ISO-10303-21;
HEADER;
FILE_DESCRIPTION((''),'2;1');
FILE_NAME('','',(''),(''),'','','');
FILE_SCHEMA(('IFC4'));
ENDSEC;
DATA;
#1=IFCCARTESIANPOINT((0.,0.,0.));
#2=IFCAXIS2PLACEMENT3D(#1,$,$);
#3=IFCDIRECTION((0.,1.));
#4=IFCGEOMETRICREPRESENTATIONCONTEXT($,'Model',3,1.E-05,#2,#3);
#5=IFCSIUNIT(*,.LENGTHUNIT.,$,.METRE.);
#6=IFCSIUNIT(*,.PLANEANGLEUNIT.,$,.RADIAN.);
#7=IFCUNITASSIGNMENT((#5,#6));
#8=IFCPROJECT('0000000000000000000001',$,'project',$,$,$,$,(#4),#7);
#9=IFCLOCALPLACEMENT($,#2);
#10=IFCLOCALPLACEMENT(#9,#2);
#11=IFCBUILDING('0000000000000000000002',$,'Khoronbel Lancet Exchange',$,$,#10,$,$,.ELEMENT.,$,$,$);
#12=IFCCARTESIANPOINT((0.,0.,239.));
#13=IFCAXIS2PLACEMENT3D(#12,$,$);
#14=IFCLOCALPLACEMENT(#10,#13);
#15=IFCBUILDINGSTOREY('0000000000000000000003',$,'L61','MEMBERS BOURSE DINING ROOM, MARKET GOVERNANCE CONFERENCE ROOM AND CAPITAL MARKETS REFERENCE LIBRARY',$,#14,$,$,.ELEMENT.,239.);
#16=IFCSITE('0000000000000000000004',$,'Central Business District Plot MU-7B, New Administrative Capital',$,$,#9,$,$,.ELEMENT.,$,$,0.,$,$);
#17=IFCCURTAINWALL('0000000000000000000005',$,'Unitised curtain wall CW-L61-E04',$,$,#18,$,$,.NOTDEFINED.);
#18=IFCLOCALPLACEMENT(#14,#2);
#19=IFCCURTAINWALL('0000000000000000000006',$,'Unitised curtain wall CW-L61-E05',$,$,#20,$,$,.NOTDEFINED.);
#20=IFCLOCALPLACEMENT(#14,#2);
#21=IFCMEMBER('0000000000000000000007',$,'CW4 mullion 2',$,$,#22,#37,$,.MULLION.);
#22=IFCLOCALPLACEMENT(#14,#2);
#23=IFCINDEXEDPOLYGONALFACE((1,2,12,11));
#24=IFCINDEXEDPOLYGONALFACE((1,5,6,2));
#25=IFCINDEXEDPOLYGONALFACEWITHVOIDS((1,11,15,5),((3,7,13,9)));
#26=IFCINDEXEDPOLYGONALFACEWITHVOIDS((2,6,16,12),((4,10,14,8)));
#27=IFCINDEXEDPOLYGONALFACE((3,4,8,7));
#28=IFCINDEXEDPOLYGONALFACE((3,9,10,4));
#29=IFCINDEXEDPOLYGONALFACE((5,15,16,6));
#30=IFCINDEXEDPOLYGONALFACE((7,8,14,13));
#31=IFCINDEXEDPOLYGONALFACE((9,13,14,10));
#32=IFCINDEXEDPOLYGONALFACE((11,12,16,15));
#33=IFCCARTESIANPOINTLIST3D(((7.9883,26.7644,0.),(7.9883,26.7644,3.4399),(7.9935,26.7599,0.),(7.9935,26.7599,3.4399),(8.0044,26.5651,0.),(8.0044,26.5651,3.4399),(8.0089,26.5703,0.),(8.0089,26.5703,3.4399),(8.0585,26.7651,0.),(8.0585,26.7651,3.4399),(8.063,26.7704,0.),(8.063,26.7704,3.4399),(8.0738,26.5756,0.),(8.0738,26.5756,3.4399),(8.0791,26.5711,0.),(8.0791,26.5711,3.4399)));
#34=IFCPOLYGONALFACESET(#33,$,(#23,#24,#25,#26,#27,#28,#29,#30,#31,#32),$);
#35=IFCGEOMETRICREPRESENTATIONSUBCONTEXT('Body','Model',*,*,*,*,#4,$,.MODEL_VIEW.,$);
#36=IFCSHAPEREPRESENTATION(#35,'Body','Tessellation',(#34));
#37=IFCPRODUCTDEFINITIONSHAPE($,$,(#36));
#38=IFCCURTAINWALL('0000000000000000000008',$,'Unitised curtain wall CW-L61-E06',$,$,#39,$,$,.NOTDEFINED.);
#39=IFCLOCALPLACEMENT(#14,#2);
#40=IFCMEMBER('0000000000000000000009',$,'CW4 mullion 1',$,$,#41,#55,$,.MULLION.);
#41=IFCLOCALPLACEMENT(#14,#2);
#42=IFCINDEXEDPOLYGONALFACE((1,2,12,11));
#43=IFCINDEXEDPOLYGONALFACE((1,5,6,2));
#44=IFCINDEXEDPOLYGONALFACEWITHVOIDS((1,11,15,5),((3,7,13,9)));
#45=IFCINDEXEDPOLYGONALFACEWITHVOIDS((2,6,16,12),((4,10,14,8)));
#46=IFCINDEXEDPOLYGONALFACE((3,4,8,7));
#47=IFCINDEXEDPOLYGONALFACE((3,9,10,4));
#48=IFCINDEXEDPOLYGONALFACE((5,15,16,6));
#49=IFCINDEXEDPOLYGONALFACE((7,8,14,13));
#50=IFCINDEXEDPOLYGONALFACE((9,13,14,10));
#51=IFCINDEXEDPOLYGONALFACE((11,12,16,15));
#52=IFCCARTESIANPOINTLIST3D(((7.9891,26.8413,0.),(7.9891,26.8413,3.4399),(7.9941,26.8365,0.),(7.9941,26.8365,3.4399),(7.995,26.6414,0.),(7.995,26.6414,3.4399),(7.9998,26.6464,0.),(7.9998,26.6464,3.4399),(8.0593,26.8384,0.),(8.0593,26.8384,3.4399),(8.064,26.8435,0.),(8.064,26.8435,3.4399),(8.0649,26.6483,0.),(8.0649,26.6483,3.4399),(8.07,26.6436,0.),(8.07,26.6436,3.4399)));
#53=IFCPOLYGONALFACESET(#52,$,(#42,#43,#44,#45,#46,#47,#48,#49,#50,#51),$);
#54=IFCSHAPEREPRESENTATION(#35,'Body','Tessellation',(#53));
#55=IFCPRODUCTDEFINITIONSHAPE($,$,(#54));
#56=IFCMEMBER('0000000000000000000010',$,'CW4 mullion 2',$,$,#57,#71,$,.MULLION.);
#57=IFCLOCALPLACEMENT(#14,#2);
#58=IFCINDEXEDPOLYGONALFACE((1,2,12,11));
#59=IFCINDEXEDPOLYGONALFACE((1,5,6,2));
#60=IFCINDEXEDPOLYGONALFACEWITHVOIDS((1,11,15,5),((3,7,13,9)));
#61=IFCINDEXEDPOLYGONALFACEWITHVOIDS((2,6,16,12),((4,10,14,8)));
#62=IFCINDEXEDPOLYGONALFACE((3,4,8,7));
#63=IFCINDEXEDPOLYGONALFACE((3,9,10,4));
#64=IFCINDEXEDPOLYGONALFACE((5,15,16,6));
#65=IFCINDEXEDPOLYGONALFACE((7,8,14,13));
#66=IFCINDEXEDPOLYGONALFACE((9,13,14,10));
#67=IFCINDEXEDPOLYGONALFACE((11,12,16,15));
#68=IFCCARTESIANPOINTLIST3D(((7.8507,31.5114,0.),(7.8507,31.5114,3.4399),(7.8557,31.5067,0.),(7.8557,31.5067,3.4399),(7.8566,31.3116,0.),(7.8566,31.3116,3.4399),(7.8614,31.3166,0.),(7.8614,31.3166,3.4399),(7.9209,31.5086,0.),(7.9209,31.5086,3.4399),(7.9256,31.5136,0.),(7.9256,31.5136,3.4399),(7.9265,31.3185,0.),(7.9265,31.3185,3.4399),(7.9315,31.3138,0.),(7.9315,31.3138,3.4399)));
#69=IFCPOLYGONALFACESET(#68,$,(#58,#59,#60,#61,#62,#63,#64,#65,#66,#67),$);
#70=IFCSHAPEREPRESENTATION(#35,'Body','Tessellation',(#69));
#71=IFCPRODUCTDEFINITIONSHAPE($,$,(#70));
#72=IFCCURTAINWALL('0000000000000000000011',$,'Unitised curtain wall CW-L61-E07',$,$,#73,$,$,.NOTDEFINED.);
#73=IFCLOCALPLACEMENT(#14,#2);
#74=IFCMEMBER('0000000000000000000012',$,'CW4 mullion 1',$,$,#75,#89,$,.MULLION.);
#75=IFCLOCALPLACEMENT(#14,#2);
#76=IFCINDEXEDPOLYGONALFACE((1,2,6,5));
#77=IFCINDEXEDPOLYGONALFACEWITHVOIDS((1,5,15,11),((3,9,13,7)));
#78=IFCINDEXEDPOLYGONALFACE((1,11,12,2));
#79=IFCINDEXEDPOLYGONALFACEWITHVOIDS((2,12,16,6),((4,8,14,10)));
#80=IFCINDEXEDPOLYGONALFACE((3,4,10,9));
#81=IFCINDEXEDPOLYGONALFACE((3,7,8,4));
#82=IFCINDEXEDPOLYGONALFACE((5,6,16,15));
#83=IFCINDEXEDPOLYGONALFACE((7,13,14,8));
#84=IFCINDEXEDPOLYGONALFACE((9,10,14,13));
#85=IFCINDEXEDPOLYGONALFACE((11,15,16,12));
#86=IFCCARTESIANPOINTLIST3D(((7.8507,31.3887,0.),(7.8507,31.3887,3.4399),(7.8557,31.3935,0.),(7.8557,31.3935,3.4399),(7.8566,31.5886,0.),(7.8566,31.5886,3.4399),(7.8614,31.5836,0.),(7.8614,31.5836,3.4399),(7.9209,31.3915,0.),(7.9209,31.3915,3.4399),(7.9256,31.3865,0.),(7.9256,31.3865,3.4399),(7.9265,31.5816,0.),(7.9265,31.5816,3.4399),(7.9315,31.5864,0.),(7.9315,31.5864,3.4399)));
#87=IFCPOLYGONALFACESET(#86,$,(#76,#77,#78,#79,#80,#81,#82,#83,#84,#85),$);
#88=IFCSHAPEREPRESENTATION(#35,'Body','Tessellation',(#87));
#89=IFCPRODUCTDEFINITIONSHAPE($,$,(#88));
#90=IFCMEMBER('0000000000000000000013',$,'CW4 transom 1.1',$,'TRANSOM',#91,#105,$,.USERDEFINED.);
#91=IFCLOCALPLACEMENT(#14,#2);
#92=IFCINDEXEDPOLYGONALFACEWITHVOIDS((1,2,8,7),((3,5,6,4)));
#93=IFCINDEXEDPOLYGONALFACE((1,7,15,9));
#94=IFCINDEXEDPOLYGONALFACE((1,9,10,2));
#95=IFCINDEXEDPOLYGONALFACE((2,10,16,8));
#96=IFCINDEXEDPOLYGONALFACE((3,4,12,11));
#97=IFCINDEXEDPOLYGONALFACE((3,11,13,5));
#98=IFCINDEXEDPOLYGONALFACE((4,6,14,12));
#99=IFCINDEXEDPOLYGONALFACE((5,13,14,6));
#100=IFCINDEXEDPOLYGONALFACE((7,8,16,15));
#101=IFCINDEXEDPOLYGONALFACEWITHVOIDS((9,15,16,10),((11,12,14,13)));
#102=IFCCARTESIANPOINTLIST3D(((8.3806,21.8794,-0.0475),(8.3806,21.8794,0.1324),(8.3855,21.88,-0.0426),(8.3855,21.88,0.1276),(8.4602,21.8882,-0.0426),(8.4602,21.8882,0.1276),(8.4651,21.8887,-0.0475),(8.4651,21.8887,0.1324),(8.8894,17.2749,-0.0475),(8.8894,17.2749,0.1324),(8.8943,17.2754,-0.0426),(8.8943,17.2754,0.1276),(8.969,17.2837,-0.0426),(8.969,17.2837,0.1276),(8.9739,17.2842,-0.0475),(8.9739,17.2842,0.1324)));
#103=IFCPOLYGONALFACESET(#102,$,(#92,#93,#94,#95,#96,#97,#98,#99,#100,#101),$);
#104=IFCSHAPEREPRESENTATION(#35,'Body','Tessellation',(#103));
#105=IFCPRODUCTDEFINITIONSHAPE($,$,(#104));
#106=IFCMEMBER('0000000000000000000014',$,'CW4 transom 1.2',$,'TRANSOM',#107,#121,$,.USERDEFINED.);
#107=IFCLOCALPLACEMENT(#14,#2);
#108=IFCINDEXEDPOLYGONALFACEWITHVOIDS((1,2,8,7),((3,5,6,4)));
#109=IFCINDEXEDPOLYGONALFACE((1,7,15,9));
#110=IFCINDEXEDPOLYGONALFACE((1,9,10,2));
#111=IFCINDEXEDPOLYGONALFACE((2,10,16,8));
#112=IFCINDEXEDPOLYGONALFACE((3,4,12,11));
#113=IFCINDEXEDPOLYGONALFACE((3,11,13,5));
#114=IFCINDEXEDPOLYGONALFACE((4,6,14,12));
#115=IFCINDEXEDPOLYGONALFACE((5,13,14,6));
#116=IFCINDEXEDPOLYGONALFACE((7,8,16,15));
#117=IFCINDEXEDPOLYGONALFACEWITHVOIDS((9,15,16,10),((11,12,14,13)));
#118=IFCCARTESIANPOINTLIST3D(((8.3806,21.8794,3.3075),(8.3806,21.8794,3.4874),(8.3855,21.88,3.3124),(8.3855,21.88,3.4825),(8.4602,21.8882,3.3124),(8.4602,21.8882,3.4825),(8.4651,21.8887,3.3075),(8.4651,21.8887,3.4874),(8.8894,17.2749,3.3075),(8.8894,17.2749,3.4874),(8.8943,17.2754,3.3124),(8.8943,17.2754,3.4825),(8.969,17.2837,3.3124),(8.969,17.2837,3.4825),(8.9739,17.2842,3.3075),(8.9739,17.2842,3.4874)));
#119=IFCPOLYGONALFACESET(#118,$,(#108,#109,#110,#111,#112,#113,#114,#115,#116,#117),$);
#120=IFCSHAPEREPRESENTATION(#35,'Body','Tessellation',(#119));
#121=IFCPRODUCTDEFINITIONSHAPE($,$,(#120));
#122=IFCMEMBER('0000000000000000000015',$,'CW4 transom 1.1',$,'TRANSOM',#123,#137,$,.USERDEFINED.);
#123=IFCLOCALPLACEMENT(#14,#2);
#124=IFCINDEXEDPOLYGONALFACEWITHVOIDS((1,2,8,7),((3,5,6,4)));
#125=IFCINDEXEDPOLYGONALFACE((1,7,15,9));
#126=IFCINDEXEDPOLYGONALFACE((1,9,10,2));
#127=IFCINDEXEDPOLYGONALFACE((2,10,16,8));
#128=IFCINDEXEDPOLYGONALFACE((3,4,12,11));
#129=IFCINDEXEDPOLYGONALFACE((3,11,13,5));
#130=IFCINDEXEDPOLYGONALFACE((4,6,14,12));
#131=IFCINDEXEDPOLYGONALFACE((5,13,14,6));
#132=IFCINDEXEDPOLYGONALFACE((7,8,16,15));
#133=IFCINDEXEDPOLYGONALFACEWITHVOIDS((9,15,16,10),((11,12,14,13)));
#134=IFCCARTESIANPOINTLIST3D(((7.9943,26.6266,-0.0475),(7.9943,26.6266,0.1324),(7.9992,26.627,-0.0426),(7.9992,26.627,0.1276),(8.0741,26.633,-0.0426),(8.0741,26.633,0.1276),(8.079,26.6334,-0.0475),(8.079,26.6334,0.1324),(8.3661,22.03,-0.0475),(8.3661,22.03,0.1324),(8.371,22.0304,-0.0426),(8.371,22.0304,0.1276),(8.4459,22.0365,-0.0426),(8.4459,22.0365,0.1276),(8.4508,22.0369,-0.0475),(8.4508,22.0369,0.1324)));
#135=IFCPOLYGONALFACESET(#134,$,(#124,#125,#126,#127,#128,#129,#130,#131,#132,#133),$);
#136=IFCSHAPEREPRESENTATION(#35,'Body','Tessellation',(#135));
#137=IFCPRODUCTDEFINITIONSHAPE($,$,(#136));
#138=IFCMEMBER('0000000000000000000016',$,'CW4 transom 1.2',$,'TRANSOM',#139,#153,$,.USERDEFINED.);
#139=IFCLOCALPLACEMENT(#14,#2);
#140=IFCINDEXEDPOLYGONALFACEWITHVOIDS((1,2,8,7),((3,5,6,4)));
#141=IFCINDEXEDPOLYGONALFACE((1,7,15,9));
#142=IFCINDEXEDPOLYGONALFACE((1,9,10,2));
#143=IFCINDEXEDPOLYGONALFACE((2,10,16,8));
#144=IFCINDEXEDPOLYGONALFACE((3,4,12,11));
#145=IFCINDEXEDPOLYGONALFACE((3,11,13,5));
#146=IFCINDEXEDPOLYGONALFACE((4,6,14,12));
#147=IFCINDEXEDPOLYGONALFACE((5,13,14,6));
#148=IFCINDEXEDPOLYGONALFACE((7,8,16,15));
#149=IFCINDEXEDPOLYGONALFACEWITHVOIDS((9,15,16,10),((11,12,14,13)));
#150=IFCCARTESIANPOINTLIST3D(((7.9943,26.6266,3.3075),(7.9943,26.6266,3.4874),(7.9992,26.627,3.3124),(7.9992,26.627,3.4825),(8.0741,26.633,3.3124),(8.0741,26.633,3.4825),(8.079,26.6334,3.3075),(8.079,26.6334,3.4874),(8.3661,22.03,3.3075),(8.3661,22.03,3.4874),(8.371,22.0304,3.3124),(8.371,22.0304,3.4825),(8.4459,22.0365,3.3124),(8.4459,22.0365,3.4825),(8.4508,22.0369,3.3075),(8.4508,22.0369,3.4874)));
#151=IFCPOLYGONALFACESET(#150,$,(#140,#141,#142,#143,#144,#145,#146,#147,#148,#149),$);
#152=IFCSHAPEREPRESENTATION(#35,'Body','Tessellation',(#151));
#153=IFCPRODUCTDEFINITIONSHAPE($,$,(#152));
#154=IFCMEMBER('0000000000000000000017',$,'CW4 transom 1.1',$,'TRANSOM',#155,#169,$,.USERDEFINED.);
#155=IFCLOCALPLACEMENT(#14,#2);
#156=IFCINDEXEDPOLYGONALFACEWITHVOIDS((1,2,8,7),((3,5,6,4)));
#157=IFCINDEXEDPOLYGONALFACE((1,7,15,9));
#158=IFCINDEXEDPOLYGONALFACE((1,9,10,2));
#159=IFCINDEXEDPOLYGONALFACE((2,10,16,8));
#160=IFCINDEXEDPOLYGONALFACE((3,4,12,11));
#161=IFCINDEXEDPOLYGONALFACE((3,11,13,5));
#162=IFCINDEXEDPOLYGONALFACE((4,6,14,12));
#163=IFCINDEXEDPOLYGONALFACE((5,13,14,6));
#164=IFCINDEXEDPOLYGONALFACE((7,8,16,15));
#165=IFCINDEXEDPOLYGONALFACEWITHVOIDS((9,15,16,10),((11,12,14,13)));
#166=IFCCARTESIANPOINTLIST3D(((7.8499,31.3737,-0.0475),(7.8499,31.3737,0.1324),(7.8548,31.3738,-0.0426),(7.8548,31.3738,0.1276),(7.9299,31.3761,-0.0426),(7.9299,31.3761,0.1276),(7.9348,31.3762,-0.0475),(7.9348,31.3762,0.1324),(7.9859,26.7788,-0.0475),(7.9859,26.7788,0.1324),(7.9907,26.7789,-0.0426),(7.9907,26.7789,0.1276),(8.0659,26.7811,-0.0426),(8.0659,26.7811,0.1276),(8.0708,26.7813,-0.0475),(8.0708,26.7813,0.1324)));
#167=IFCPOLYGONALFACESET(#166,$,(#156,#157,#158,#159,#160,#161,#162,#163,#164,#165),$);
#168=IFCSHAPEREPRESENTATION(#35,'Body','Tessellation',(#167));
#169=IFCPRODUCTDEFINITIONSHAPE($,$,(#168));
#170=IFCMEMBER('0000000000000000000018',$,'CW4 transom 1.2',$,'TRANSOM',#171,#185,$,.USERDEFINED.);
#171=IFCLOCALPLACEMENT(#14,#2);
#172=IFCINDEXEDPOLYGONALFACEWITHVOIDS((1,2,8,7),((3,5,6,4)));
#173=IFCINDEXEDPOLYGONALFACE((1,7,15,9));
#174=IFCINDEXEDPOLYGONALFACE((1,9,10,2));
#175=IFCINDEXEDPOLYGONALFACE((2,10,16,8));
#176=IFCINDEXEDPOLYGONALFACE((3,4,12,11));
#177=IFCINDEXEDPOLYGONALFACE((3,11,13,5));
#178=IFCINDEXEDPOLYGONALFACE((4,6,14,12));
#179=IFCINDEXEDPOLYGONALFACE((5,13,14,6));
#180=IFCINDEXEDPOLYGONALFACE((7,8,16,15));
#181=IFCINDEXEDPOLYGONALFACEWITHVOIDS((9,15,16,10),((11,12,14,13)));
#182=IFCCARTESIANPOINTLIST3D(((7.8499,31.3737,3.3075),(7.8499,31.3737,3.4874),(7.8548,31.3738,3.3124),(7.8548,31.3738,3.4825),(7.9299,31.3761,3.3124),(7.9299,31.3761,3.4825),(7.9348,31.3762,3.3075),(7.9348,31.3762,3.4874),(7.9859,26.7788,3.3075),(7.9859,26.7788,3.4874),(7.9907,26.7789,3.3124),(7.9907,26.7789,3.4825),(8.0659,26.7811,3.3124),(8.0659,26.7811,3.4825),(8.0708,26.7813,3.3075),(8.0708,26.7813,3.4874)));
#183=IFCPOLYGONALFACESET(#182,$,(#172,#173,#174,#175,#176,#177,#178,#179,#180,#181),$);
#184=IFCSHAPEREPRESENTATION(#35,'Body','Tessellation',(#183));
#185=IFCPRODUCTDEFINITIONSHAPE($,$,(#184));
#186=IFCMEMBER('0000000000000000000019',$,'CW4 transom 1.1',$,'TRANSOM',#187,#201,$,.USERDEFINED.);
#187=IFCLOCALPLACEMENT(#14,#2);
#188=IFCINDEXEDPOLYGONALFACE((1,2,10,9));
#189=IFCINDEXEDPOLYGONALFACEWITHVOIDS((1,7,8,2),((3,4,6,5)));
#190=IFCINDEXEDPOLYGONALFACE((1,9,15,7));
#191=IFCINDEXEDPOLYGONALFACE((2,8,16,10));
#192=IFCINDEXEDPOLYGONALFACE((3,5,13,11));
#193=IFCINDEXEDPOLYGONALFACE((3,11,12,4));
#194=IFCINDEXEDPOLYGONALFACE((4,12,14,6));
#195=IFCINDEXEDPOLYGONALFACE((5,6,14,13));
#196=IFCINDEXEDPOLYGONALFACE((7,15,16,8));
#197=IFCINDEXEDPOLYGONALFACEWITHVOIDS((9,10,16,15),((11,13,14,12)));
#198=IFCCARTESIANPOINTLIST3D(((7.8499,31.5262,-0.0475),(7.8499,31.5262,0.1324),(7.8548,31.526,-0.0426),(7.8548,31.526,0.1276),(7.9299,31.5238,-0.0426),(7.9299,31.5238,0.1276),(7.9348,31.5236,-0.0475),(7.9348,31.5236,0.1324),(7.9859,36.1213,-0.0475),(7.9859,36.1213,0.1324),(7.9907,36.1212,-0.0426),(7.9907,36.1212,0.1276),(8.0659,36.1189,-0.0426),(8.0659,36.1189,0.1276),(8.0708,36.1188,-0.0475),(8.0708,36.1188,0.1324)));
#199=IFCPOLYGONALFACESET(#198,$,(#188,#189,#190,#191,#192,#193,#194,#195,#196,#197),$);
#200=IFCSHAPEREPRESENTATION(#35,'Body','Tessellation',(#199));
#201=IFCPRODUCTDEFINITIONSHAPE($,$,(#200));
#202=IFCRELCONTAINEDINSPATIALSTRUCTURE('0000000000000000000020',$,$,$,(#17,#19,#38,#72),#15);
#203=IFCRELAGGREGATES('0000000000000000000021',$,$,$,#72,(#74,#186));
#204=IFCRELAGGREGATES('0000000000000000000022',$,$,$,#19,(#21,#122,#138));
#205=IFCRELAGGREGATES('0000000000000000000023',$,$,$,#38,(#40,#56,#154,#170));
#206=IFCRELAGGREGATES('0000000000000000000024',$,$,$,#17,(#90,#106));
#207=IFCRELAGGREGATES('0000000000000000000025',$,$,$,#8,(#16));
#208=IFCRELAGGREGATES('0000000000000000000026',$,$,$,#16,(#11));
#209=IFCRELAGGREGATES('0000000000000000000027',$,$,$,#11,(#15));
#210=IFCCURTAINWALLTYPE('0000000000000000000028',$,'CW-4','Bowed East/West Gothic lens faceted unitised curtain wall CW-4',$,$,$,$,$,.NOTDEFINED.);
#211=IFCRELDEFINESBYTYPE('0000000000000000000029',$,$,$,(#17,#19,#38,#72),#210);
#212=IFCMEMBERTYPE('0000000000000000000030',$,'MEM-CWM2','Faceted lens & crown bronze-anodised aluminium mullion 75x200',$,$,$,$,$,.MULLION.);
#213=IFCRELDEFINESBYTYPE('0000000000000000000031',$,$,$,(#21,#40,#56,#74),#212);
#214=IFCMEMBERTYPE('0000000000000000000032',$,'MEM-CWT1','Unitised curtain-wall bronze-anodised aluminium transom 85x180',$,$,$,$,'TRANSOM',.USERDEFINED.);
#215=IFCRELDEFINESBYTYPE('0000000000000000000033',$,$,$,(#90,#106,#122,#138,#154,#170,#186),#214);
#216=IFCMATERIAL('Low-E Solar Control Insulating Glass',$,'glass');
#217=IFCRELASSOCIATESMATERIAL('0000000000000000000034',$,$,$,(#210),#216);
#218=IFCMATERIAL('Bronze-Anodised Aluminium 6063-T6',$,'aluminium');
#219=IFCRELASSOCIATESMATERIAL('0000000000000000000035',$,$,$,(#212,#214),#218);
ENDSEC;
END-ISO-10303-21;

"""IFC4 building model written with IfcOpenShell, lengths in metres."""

from ifc_helpers import new_model, si_unit, direction, frame, origin, origin_2d, place, context, subcontext, project, spatial, hollow_rectangle, extrude, material, material_profile, profile_set, type_object, element, aggregate, save


model = new_model("IFC4")

# Units and contexts
model_context = context("Model", 3, precision=1e-05, world=origin(), true_north=direction((0.0, 1.0)))
body_context = subcontext(model_context, "Body", "Model", "MODEL_VIEW")
ifc_project = project(units=[si_unit("LENGTHUNIT", "METRE"), si_unit("PLANEANGLEUNIT", "RADIAN")], contexts=[model_context])

# Site, building, storey
site_placement = place(None, origin())
site = spatial("IfcSite", under=ifc_project, at=site_placement, Name="Central Business District Plot MU-7B, New Administrative Capital", CompositionType="ELEMENT", RefElevation=0.0)
building_placement = place(site_placement, origin())
building = spatial("IfcBuilding", under=site, at=building_placement, Name="Khoronbel Lancet Exchange", CompositionType="ELEMENT")
storey_placement = place(building_placement, frame((0.0, 0.0, 239.0)))
storey = spatial("IfcBuildingStorey", under=building, at=storey_placement, Name="L61", Description="MEMBERS BOURSE DINING ROOM, MARKET GOVERNANCE CONFERENCE ROOM AND CAPITAL MARKETS REFERENCE LIBRARY", CompositionType="ELEMENT", Elevation=239.0)

# Curtain walls, members
ifc_material_1 = material(Name="Low-E Solar Control Insulating Glass", Category="glass")
curtain_wall_type = type_object("IfcCurtainWallType", Name="CW-4", Description="Bowed East/West Gothic lens faceted unitised curtain wall CW-4", PredefinedType="NOTDEFINED", material=ifc_material_1)
curtain_wall_1_placement = place(storey_placement, origin())
curtain_wall_1 = element("IfcCurtainWall", 1, at=curtain_wall_1_placement, inside=storey, type_object=curtain_wall_type, Name="Unitised curtain wall CW-L61-E04", PredefinedType="NOTDEFINED")
ifc_material_2 = material(Name="Bronze-Anodised Aluminium 6063-T6", Category="aluminium")
ifc_material_profile_1 = material_profile(ifc_material_2, hollow_rectangle(XDim=0.075, YDim=0.2, WallThickness=0.0049, at=origin_2d()), Name="ALU MULLION 75x200")
ifc_profile_set_1 = profile_set([ifc_material_profile_1], Name="Bronze-Anodised Aluminium 6063-T6")
member_type_1 = type_object("IfcMemberType", Name="MEM-CWM2", Description="Faceted lens & crown bronze-anodised aluminium mullion 75x200", PredefinedType="MULLION", material=ifc_profile_set_1)
curtain_wall_2_placement = place(storey_placement, origin())
curtain_wall_2 = element("IfcCurtainWall", 2, at=curtain_wall_2_placement, inside=storey, type_object=curtain_wall_type, Name="Unitised curtain wall CW-L61-E05", PredefinedType="NOTDEFINED")
member_1_placement = place(storey_placement, frame((8.0337, 26.6677, 0.0), z_axis=(0.0, 0.0, 1.0), x_axis=(-0.996743, -0.08064, 0.0)))
member_1 = element("IfcMember", 3, at=member_1_placement, type_object=member_type_1, Name="CW4 mullion 2", PredefinedType="MULLION", context=body_context, shape_type="SweptSolid", body=[
    extrude(hollow_rectangle(XDim=0.075, YDim=0.2, WallThickness=0.0049, at=origin_2d()), origin(), (0.0, 0.0, 1.0), 3.4399),
])
curtain_wall_3_placement = place(storey_placement, origin())
curtain_wall_3 = element("IfcCurtainWall", 4, at=curtain_wall_3_placement, inside=storey, type_object=curtain_wall_type, Name="Unitised curtain wall CW-L61-E06", PredefinedType="NOTDEFINED")
member_2_placement = place(storey_placement, frame((8.0295, 26.7424, 0.0), z_axis=(0.0, 0.0, 1.0), x_axis=(-0.999561, -0.029618, 0.0)))
member_2 = element("IfcMember", 5, at=member_2_placement, type_object=member_type_1, Name="CW4 mullion 1", PredefinedType="MULLION", context=body_context, shape_type="SweptSolid", body=[
    extrude(hollow_rectangle(XDim=0.075, YDim=0.2, WallThickness=0.0049, at=origin_2d()), origin(), (0.0, 0.0, 1.0), 3.4399),
])
member_3_placement = place(storey_placement, frame((7.8911, 31.4126, 0.0), z_axis=(0.0, 0.0, 1.0), x_axis=(-0.999561, -0.029618, 0.0)))
member_3 = element("IfcMember", 6, at=member_3_placement, type_object=member_type_1, Name="CW4 mullion 2", PredefinedType="MULLION", context=body_context, shape_type="SweptSolid", body=[
    extrude(hollow_rectangle(XDim=0.075, YDim=0.2, WallThickness=0.0049, at=origin_2d()), origin(), (0.0, 0.0, 1.0), 3.4399),
])

# Curtain wall, member
curtain_wall_4_placement = place(storey_placement, origin())
curtain_wall_4 = element("IfcCurtainWall", 7, at=curtain_wall_4_placement, inside=storey, type_object=curtain_wall_type, Name="Unitised curtain wall CW-L61-E07", PredefinedType="NOTDEFINED")
member_4_placement = place(storey_placement, frame((7.8911, 31.4875, 0.0), z_axis=(0.0, 0.0, 1.0), x_axis=(-0.999561, 0.029618, 0.0)))
member_4 = element("IfcMember", 8, at=member_4_placement, type_object=member_type_1, Name="CW4 mullion 1", PredefinedType="MULLION", context=body_context, shape_type="SweptSolid", body=[
    extrude(hollow_rectangle(XDim=0.075, YDim=0.2, WallThickness=0.0049, at=origin_2d()), origin(), (0.0, 0.0, 1.0), 3.4399),
])

# Members
ifc_material_profile_2 = material_profile(ifc_material_2, hollow_rectangle(XDim=0.085, YDim=0.1799, WallThickness=0.0049, at=origin_2d()), Name="ALU TRANSOM 85x180")
ifc_profile_set_2 = profile_set([ifc_material_profile_2], Name="Bronze-Anodised Aluminium 6063-T6")
member_type_2 = type_object("IfcMemberType", Name="MEM-CWT1", Description="Unitised curtain-wall bronze-anodised aluminium transom 85x180", ElementType="TRANSOM", PredefinedType="USERDEFINED", material=ifc_profile_set_2)
member_5_placement = place(storey_placement, frame((8.9316, 17.2795, 0.0425), z_axis=(-0.10983, 0.99395, 0.0), x_axis=(-0.99395, -0.10983, 0.0)))
member_5 = element("IfcMember", 9, at=member_5_placement, type_object=member_type_2, Name="CW4 transom 1.1", ObjectType="TRANSOM", PredefinedType="USERDEFINED", context=body_context, shape_type="SweptSolid", body=[
    extrude(hollow_rectangle(XDim=0.085, YDim=0.1799, WallThickness=0.0049, at=origin_2d()), origin(), (0.0, 0.0, 1.0), 4.6326),
])
member_6_placement = place(storey_placement, frame((8.9316, 17.2795, 3.3975), z_axis=(-0.10983, 0.99395, 0.0), x_axis=(-0.99395, -0.10983, 0.0)))
member_6 = element("IfcMember", 10, at=member_6_placement, type_object=member_type_2, Name="CW4 transom 1.2", ObjectType="TRANSOM", PredefinedType="USERDEFINED", context=body_context, shape_type="SweptSolid", body=[
    extrude(hollow_rectangle(XDim=0.085, YDim=0.1799, WallThickness=0.0049, at=origin_2d()), origin(), (0.0, 0.0, 1.0), 4.6326),
])
member_7_placement = place(storey_placement, frame((8.4084, 22.0334, 0.0425), z_axis=(-0.080627, 0.996744, 0.0), x_axis=(-0.996744, -0.080627, 0.0)))
member_7 = element("IfcMember", 11, at=member_7_placement, type_object=member_type_2, Name="CW4 transom 1.1", ObjectType="TRANSOM", PredefinedType="USERDEFINED", context=body_context, shape_type="SweptSolid", body=[
    extrude(hollow_rectangle(XDim=0.085, YDim=0.1799, WallThickness=0.0049, at=origin_2d()), origin(), (0.0, 0.0, 1.0), 4.6116),
])
member_8_placement = place(storey_placement, frame((8.4084, 22.0334, 3.3975), z_axis=(-0.080627, 0.996744, 0.0), x_axis=(-0.996744, -0.080627, 0.0)))
member_8 = element("IfcMember", 12, at=member_8_placement, type_object=member_type_2, Name="CW4 transom 1.2", ObjectType="TRANSOM", PredefinedType="USERDEFINED", context=body_context, shape_type="SweptSolid", body=[
    extrude(hollow_rectangle(XDim=0.085, YDim=0.1799, WallThickness=0.0049, at=origin_2d()), origin(), (0.0, 0.0, 1.0), 4.6116),
])
member_9_placement = place(storey_placement, frame((8.0283, 26.78, 0.0425), z_axis=(-0.029582, 0.999562, 0.0), x_axis=(-0.999562, -0.029582, 0.0)))
member_9 = element("IfcMember", 13, at=member_9_placement, type_object=member_type_2, Name="CW4 transom 1.1", ObjectType="TRANSOM", PredefinedType="USERDEFINED", context=body_context, shape_type="SweptSolid", body=[
    extrude(hollow_rectangle(XDim=0.085, YDim=0.1799, WallThickness=0.0049, at=origin_2d()), origin(), (0.0, 0.0, 1.0), 4.5969),
])
member_10_placement = place(storey_placement, frame((8.0283, 26.78, 3.3975), z_axis=(-0.029582, 0.999562, 0.0), x_axis=(-0.999562, -0.029582, 0.0)))
member_10 = element("IfcMember", 14, at=member_10_placement, type_object=member_type_2, Name="CW4 transom 1.2", ObjectType="TRANSOM", PredefinedType="USERDEFINED", context=body_context, shape_type="SweptSolid", body=[
    extrude(hollow_rectangle(XDim=0.085, YDim=0.1799, WallThickness=0.0049, at=origin_2d()), origin(), (0.0, 0.0, 1.0), 4.5969),
])
member_11_placement = place(storey_placement, frame((7.8923, 31.5249, 0.0425), z_axis=(0.02958, 0.999562, 0.0), x_axis=(-0.999562, 0.02958, 0.0)))
member_11 = element("IfcMember", 15, at=member_11_placement, type_object=member_type_2, Name="CW4 transom 1.1", ObjectType="TRANSOM", PredefinedType="USERDEFINED", context=body_context, shape_type="SweptSolid", body=[
    extrude(hollow_rectangle(XDim=0.085, YDim=0.1799, WallThickness=0.0049, at=origin_2d()), origin(), (0.0, 0.0, 1.0), 4.5972),
])
aggregate(curtain_wall_4, [member_4, member_11])

aggregate(curtain_wall_2, [member_1, member_7, member_8])
aggregate(curtain_wall_3, [member_2, member_3, member_9, member_10])
aggregate(curtain_wall_1, [member_5, member_6])

save(model, "model.ifc")
